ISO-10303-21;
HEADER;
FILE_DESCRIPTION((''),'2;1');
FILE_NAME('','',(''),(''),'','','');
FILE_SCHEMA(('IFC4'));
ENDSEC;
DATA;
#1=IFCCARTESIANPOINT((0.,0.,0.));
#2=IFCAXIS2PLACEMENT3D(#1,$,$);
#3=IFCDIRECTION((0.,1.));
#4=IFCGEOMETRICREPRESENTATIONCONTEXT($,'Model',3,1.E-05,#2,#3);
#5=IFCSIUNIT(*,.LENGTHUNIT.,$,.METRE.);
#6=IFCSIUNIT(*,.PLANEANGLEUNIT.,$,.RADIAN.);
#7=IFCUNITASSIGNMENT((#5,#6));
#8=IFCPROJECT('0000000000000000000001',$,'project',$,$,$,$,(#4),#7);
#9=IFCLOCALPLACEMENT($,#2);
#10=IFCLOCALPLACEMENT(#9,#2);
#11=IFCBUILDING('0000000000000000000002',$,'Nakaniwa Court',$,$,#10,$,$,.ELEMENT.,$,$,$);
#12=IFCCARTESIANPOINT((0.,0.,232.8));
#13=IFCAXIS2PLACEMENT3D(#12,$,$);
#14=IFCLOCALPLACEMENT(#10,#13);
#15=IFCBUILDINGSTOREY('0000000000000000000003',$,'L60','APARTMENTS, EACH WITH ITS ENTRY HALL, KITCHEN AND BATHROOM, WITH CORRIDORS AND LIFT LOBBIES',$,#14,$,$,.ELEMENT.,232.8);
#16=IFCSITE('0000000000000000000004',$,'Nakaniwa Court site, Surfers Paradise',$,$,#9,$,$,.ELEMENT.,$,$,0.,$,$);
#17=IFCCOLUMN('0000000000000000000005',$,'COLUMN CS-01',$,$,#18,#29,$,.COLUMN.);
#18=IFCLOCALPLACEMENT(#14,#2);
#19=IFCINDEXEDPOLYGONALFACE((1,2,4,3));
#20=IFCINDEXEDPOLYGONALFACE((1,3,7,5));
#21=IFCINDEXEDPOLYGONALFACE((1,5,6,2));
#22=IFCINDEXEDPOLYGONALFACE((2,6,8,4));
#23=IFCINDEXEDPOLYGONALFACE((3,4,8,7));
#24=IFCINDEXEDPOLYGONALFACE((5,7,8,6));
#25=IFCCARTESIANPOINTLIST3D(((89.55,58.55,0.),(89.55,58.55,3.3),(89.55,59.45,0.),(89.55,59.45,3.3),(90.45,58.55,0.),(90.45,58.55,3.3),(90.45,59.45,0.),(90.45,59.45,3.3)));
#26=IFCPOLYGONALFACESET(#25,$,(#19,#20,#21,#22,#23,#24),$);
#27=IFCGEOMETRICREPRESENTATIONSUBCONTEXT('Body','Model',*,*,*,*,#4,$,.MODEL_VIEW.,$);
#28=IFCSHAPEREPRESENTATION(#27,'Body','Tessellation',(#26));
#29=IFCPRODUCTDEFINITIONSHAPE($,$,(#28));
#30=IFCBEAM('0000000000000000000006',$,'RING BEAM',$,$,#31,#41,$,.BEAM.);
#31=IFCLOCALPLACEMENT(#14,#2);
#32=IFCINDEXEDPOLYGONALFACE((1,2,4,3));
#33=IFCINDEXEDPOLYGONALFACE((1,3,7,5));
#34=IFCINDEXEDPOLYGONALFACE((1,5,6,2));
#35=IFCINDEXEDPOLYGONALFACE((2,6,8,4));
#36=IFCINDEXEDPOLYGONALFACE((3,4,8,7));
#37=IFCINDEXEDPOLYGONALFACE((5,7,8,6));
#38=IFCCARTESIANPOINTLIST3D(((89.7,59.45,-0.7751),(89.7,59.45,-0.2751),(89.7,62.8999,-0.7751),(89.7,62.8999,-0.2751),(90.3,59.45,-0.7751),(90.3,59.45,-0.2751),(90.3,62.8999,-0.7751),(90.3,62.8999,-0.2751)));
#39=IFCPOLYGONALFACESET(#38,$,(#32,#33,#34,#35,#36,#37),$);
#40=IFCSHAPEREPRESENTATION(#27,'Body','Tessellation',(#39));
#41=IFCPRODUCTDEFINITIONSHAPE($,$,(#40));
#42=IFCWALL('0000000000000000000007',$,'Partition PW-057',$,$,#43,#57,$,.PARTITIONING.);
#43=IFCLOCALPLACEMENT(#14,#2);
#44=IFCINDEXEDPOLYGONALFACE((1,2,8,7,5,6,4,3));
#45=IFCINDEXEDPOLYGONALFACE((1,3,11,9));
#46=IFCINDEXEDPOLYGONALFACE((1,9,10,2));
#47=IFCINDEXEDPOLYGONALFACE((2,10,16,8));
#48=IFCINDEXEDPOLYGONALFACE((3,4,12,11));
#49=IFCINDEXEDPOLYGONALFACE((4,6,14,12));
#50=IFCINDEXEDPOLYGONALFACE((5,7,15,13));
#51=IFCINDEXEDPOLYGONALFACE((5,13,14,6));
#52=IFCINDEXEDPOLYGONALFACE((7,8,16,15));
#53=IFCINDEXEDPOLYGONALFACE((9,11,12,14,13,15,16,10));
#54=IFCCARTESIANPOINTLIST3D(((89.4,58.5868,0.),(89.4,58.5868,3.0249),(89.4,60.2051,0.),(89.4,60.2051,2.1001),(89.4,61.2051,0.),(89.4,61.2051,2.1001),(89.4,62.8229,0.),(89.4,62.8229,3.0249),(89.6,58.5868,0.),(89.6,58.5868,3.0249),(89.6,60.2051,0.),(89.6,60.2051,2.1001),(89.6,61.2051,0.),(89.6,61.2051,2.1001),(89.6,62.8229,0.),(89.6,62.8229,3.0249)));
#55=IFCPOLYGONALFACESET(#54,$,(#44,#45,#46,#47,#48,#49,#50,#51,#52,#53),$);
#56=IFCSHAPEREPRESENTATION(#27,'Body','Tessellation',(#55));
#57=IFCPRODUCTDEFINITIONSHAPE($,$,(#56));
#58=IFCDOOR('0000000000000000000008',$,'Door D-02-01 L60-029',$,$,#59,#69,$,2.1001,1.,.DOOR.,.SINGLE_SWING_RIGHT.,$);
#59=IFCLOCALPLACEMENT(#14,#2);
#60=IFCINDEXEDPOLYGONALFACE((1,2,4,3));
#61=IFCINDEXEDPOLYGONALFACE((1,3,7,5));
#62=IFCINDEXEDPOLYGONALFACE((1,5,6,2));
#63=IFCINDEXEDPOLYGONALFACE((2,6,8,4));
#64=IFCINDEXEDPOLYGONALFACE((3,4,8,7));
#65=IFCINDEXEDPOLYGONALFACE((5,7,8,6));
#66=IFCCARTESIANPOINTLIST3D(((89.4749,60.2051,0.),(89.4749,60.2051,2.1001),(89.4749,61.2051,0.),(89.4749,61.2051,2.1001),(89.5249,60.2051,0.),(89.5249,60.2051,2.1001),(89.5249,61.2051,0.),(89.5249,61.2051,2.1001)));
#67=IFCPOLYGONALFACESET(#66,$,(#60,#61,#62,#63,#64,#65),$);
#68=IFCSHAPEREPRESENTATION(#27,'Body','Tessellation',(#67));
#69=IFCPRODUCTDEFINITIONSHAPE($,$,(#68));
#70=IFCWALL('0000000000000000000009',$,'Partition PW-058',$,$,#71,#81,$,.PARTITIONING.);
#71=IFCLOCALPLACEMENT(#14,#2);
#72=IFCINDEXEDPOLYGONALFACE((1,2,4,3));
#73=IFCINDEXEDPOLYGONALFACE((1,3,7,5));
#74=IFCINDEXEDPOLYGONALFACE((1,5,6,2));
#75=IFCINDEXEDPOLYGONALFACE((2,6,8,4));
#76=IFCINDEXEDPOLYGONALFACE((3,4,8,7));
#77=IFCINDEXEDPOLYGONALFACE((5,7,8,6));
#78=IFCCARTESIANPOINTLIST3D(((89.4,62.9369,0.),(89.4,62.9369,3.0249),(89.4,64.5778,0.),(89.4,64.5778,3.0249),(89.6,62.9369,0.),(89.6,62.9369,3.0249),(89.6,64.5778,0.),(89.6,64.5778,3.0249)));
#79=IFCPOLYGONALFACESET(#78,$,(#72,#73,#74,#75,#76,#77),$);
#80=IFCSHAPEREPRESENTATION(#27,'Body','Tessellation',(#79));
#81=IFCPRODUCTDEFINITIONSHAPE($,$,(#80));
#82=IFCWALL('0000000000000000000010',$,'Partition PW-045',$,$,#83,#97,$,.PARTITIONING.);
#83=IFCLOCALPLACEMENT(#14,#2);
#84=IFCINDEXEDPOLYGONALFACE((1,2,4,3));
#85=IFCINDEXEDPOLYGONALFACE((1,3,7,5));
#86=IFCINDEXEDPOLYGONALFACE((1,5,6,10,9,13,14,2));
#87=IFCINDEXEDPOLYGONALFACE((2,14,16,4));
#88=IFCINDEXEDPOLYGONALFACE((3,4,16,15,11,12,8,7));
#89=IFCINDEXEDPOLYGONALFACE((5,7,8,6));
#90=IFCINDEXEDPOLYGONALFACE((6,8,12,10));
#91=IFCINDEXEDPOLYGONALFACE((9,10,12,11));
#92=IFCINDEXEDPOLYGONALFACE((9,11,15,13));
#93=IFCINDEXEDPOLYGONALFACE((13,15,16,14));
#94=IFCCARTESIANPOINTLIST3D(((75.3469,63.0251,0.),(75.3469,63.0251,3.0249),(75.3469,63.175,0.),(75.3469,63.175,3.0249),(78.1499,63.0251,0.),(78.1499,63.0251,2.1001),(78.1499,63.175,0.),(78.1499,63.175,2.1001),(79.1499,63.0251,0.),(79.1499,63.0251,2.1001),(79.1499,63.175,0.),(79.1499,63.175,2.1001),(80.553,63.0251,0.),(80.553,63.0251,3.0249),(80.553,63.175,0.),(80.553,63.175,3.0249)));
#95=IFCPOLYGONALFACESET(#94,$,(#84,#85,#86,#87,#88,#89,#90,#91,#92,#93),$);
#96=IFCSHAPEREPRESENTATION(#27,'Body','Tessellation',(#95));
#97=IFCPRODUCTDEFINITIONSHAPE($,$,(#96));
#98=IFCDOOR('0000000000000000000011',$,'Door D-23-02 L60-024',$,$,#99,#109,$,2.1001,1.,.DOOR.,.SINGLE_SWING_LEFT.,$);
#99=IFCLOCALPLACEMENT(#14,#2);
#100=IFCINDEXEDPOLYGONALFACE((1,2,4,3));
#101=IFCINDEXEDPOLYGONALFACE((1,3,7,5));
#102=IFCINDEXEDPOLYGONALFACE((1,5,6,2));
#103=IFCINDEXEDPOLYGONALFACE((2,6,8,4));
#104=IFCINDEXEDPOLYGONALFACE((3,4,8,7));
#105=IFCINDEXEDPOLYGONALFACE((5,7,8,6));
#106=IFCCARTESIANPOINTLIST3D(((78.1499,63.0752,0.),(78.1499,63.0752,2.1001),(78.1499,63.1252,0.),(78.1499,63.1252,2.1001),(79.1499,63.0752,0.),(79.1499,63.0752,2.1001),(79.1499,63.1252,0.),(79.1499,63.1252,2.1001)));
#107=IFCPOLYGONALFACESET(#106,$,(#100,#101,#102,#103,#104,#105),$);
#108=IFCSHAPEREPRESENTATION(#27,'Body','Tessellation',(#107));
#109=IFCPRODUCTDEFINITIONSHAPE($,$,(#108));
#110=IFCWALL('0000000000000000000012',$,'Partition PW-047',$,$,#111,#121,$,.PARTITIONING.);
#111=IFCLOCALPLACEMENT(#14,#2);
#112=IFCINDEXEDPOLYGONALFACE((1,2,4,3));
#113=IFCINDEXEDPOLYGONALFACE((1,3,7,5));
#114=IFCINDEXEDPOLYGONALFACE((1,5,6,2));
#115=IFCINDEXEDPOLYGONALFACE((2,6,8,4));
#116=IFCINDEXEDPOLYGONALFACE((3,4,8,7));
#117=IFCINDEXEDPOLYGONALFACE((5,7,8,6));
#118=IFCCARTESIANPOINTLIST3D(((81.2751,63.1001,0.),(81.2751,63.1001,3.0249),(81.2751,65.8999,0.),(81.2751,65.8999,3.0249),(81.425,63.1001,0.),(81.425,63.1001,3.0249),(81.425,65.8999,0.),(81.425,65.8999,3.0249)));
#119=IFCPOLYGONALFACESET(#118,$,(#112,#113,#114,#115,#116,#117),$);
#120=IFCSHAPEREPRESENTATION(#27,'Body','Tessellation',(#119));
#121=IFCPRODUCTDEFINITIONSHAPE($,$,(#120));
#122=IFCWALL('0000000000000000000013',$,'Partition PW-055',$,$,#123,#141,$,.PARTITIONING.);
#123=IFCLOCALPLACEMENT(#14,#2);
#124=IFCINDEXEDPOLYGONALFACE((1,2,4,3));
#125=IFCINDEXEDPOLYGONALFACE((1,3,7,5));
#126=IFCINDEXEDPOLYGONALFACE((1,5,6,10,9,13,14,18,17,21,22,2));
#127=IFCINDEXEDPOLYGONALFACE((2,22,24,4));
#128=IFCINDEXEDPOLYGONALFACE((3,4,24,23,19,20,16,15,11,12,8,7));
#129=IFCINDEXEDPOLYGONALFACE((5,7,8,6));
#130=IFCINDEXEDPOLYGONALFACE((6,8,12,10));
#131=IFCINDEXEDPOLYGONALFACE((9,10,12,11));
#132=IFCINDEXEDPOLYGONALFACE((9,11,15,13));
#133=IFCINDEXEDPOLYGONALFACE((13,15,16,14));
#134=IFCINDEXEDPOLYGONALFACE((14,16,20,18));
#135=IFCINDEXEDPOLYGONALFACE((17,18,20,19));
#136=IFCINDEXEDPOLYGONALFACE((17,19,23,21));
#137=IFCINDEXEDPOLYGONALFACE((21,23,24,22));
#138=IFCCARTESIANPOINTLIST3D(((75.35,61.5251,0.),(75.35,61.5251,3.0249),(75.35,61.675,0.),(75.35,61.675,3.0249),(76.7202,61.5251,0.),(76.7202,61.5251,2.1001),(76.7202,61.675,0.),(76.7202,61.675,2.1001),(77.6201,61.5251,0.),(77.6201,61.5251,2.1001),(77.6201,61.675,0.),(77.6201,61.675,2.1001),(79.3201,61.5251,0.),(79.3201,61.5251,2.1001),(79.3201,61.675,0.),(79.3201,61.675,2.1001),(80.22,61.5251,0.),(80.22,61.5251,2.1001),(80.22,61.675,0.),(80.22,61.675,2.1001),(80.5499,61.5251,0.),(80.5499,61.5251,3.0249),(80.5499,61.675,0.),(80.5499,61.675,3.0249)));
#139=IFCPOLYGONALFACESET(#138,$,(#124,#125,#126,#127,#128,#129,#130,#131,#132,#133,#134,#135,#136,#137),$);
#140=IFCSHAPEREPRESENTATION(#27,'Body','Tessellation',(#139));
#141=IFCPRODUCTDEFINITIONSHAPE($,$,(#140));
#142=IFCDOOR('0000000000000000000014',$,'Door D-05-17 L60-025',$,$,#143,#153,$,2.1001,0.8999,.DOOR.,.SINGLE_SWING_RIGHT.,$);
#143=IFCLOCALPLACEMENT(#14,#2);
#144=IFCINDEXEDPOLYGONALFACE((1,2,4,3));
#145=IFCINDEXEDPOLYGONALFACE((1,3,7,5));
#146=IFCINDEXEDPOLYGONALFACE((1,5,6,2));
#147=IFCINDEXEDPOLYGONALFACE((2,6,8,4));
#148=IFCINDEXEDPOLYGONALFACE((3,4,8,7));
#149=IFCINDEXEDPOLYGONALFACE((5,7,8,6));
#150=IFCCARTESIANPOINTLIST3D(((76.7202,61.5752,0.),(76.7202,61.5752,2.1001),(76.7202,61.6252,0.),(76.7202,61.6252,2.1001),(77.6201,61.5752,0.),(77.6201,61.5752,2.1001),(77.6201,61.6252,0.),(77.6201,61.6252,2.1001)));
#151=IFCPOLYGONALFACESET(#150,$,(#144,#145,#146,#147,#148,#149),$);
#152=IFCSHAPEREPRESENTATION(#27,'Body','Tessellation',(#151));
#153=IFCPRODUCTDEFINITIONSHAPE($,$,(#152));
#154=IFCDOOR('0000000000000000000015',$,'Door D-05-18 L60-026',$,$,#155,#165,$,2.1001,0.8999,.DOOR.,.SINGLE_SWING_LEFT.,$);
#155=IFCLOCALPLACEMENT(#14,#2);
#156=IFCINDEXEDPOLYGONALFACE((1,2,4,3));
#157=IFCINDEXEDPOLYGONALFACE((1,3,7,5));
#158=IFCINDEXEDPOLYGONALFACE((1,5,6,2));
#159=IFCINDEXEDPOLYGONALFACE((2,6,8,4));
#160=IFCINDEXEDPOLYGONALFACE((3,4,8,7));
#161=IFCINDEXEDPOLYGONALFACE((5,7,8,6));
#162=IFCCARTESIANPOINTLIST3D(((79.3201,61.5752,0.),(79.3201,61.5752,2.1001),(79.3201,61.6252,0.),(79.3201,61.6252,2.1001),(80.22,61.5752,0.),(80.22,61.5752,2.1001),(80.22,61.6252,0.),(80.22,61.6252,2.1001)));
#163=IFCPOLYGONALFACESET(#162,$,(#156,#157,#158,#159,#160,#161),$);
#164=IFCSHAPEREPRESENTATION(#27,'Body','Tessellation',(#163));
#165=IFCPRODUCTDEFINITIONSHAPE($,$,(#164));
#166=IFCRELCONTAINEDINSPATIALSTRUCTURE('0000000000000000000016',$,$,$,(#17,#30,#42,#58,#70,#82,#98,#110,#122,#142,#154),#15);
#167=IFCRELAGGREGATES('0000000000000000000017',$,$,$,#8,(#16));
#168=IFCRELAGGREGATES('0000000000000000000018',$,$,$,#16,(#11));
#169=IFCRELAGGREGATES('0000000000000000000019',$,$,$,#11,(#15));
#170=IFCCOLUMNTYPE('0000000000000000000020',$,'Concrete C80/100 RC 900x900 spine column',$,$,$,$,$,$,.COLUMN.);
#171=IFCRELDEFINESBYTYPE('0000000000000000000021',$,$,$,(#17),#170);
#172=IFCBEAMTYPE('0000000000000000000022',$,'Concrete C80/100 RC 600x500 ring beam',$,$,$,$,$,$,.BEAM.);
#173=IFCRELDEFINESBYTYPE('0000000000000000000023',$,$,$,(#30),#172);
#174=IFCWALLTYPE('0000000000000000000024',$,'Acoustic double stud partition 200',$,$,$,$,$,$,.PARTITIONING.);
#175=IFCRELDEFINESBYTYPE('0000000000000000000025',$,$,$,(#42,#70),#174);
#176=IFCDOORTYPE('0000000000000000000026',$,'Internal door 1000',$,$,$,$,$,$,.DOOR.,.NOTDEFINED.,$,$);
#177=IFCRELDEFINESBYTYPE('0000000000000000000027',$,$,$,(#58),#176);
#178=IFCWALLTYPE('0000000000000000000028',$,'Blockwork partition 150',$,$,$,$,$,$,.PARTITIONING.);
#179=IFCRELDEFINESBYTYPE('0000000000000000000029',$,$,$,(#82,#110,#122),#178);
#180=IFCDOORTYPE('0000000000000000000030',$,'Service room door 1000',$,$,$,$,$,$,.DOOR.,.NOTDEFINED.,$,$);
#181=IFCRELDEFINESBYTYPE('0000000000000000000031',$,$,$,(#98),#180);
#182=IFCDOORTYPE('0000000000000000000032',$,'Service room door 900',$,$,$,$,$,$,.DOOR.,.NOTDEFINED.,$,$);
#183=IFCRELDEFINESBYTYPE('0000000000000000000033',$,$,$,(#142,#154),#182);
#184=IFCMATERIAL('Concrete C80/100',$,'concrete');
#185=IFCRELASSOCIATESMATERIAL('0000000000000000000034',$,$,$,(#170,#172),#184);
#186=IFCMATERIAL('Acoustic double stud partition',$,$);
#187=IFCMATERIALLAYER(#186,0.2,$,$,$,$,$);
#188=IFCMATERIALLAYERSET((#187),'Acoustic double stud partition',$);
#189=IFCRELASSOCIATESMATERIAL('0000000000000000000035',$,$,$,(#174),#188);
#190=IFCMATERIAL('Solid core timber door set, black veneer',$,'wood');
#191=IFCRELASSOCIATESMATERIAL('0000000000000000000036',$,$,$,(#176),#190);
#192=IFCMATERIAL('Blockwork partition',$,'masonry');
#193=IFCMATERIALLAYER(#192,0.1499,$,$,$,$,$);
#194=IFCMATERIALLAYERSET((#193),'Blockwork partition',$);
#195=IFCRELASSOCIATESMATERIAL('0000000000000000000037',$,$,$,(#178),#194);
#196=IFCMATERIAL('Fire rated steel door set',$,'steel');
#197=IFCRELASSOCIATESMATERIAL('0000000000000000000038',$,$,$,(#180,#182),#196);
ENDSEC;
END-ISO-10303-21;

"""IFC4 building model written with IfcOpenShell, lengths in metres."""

from ifc_helpers import new_model, si_unit, direction, frame, frame_2d, origin, origin_2d, place, context, subcontext, project, spatial, rectangle, extrude, material, layer, layer_set, material_profile, profile_set, type_object, element, fill, save


model = new_model("IFC4")

# Units and contexts
model_context = context("Model", 3, precision=1e-05, world=origin(), true_north=direction((0.0, 1.0)))
body_context = subcontext(model_context, "Body", "Model", "MODEL_VIEW")
ifc_project = project(units=[si_unit("LENGTHUNIT", "METRE"), si_unit("PLANEANGLEUNIT", "RADIAN")], contexts=[model_context])

# Site, building, storey
site_placement = place(None, origin())
site = spatial("IfcSite", under=ifc_project, at=site_placement, Name="Nakaniwa Court site, Surfers Paradise", CompositionType="ELEMENT", RefElevation=0.0)
building_placement = place(site_placement, origin())
building = spatial("IfcBuilding", under=site, at=building_placement, Name="Nakaniwa Court", CompositionType="ELEMENT")
storey_placement = place(building_placement, frame((0.0, 0.0, 232.8)))
storey = spatial("IfcBuildingStorey", under=building, at=storey_placement, Name="L60", Description="APARTMENTS, EACH WITH ITS ENTRY HALL, KITCHEN AND BATHROOM, WITH CORRIDORS AND LIFT LOBBIES", CompositionType="ELEMENT", Elevation=232.8)

# Column
ifc_material_1 = material(Name="Concrete C80/100", Category="concrete")
ifc_material_profile_1 = material_profile(ifc_material_1, rectangle(XDim=0.8999, YDim=0.8999, at=origin_2d()), Name="Concrete C80/100 RC 900x900 spine column")
ifc_profile_set_1 = profile_set([ifc_material_profile_1], Name="Concrete C80/100")
column_type = type_object("IfcColumnType", Name="Concrete C80/100 RC 900x900 spine column", PredefinedType="COLUMN", material=ifc_profile_set_1)
column_placement = place(storey_placement, frame((90.0, 59.0, 0.0), z_axis=(0.0, 0.0, 1.0), x_axis=(0.0, 1.0, 0.0)))
element("IfcColumn", 1, at=column_placement, inside=storey, type_object=column_type, Name="COLUMN CS-01", PredefinedType="COLUMN", context=body_context, shape_type="SweptSolid", body=[
    extrude(rectangle(XDim=0.8999, YDim=0.8999, at=origin_2d()), origin(), (0.0, 0.0, 1.0), 3.3),
])

# Beam
ifc_material_profile_2 = material_profile(ifc_material_1, rectangle(XDim=0.6001, YDim=0.5, at=origin_2d()), Name="Concrete C80/100 RC 600x500 ring beam")
ifc_profile_set_2 = profile_set([ifc_material_profile_2], Name="Concrete C80/100")
beam_type = type_object("IfcBeamType", Name="Concrete C80/100 RC 600x500 ring beam", PredefinedType="BEAM", material=ifc_profile_set_2)
beam_placement = place(storey_placement, frame((90.0, 59.45, -0.5251), z_axis=(0.0, 1.0, 0.0), x_axis=(-1.0, 0.0, 0.0)))
element("IfcBeam", 2, at=beam_placement, inside=storey, type_object=beam_type, Name="RING BEAM", PredefinedType="BEAM", context=body_context, shape_type="SweptSolid", body=[
    extrude(rectangle(XDim=0.6001, YDim=0.5, at=origin_2d()), origin(), (0.0, 0.0, 1.0), 3.45),
])

# Wall, opening, door
ifc_material_2 = material(Name="Acoustic double stud partition")
ifc_layer_1 = layer(ifc_material_2, 0.2)
ifc_layer_set_1 = layer_set([ifc_layer_1], Name="Acoustic double stud partition")
wall_type_1 = type_object("IfcWallType", Name="Acoustic double stud partition 200", PredefinedType="PARTITIONING", material=ifc_layer_set_1)
wall_1_placement = place(storey_placement, frame((89.5, 62.823, 0.0), z_axis=(0.0, 0.0, 1.0), x_axis=(0.0, -1.0, 0.0)))
wall_1 = element("IfcWall", 3, at=wall_1_placement, inside=storey, type_object=wall_type_1, Name="Partition PW-057", PredefinedType="PARTITIONING", context=body_context, shape_type="SweptSolid", body=[
    extrude(rectangle(XDim=4.2361, YDim=0.2, at=frame_2d((2.1182, 0.0))), origin(), (0.0, 0.0, 1.0), 3.0249),
])
opening_1_placement = place(wall_1_placement, frame((1.6179, 0.0, 0.0)))
opening_1 = element("IfcOpeningElement", 4, at=opening_1_placement, cuts=wall_1, PredefinedType="OPENING", context=body_context, shape_type="SweptSolid", body=[
    extrude(rectangle(XDim=1.0, YDim=2.1001, at=frame_2d((0.5, 1.05))), frame((0.0, 0.1099, 0.0), z_axis=(0.0, -1.0, 0.0), x_axis=(1.0, 0.0, 0.0)), (0.0, 0.0, 1.0), 0.22),
])
ifc_material_3 = material(Name="Solid core timber door set, black veneer", Category="wood")
door_type_1 = type_object("IfcDoorType", Name="Internal door 1000", OperationType="NOTDEFINED", PredefinedType="DOOR", material=ifc_material_3)
door_1_placement = place(opening_1_placement, origin())
door_1 = element("IfcDoor", 5, at=door_1_placement, inside=storey, type_object=door_type_1, Name="Door D-02-01 L60-029", OperationType="SINGLE_SWING_RIGHT", OverallHeight=2.1001, OverallWidth=1.0, PredefinedType="DOOR", context=body_context, shape_type="SweptSolid", body=[
    extrude(rectangle(XDim=1.0, YDim=2.1001, at=frame_2d((0.5, 1.05))), frame((0.0, 0.0249, 0.0), z_axis=(0.0, -1.0, 0.0), x_axis=(1.0, 0.0, 0.0)), (0.0, 0.0, 1.0), 0.05),
])
fill(opening_1, door_1)

# Wall
wall_2_placement = place(storey_placement, frame((89.5, 62.937, 0.0), z_axis=(0.0, 0.0, 1.0), x_axis=(0.0, 1.0, 0.0)))
element("IfcWall", 6, at=wall_2_placement, inside=storey, type_object=wall_type_1, Name="Partition PW-058", PredefinedType="PARTITIONING", context=body_context, shape_type="SweptSolid", body=[
    extrude(rectangle(XDim=1.6409, YDim=0.2, at=frame_2d((0.8203, 0.0))), origin(), (0.0, 0.0, 1.0), 3.0249),
])

# Wall, opening, door
ifc_material_4 = material(Name="Blockwork partition", Category="masonry")
ifc_layer_2 = layer(ifc_material_4, 0.1499)
ifc_layer_set_2 = layer_set([ifc_layer_2], Name="Blockwork partition")
wall_type_2 = type_object("IfcWallType", Name="Blockwork partition 150", PredefinedType="PARTITIONING", material=ifc_layer_set_2)
wall_3_placement = place(storey_placement, frame((80.553, 63.1001, 0.0), z_axis=(0.0, 0.0, 1.0), x_axis=(-1.0, 0.0, 0.0)))
wall_3 = element("IfcWall", 7, at=wall_3_placement, inside=storey, type_object=wall_type_2, Name="Partition PW-045", PredefinedType="PARTITIONING", context=body_context, shape_type="SweptSolid", body=[
    extrude(rectangle(XDim=5.2061, YDim=0.1499, at=frame_2d((2.603, 0.0))), origin(), (0.0, 0.0, 1.0), 3.0249),
])
opening_2_placement = place(wall_3_placement, frame((1.4031, 0.0, 0.0)))
opening_2 = element("IfcOpeningElement", 8, at=opening_2_placement, cuts=wall_3, PredefinedType="OPENING", context=body_context, shape_type="SweptSolid", body=[
    extrude(rectangle(XDim=1.0, YDim=2.1001, at=frame_2d((0.5, 1.05))), frame((0.0, 0.085, 0.0), z_axis=(0.0, -1.0, 0.0), x_axis=(1.0, 0.0, 0.0)), (0.0, 0.0, 1.0), 0.1699),
])
ifc_material_5 = material(Name="Fire rated steel door set", Category="steel")
door_type_2 = type_object("IfcDoorType", Name="Service room door 1000", OperationType="NOTDEFINED", PredefinedType="DOOR", material=ifc_material_5)
door_2_placement = place(opening_2_placement, origin())
door_2 = element("IfcDoor", 9, at=door_2_placement, inside=storey, type_object=door_type_2, Name="Door D-23-02 L60-024", OperationType="SINGLE_SWING_LEFT", OverallHeight=2.1001, OverallWidth=1.0, PredefinedType="DOOR", context=body_context, shape_type="SweptSolid", body=[
    extrude(rectangle(XDim=1.0, YDim=2.1001, at=frame_2d((0.5, 1.05))), frame((0.0, 0.0249, 0.0), z_axis=(0.0, -1.0, 0.0), x_axis=(1.0, 0.0, 0.0)), (0.0, 0.0, 1.0), 0.05),
])
fill(opening_2, door_2)

# Wall
wall_4_placement = place(storey_placement, frame((81.3501, 63.1001, 0.0), z_axis=(0.0, 0.0, 1.0), x_axis=(0.0, 1.0, 0.0)))
element("IfcWall", 10, at=wall_4_placement, inside=storey, type_object=wall_type_2, Name="Partition PW-047", PredefinedType="PARTITIONING", context=body_context, shape_type="SweptSolid", body=[
    extrude(rectangle(XDim=2.7998, YDim=0.1499, at=frame_2d((1.3999, 0.0))), origin(), (0.0, 0.0, 1.0), 3.0249),
])

# Wall, openings, doors
wall_5_placement = place(storey_placement, frame((80.55, 61.6001, 0.0), z_axis=(0.0, 0.0, 1.0), x_axis=(-1.0, 0.0, 0.0)))
wall_5 = element("IfcWall", 11, at=wall_5_placement, inside=storey, type_object=wall_type_2, Name="Partition PW-055", PredefinedType="PARTITIONING", context=body_context, shape_type="SweptSolid", body=[
    extrude(rectangle(XDim=5.2, YDim=0.1499, at=frame_2d((2.6001, 0.0))), origin(), (0.0, 0.0, 1.0), 3.0249),
])
opening_3_placement = place(wall_5_placement, frame((2.9299, 0.0, 0.0)))
opening_3 = element("IfcOpeningElement", 12, at=opening_3_placement, cuts=wall_5, PredefinedType="OPENING", context=body_context, shape_type="SweptSolid", body=[
    extrude(rectangle(XDim=0.8999, YDim=2.1001, at=frame_2d((0.45, 1.05))), frame((0.0, 0.085, 0.0), z_axis=(0.0, -1.0, 0.0), x_axis=(1.0, 0.0, 0.0)), (0.0, 0.0, 1.0), 0.1699),
])
opening_4_placement = place(wall_5_placement, frame((0.3301, 0.0, 0.0)))
opening_4 = element("IfcOpeningElement", 13, at=opening_4_placement, cuts=wall_5, PredefinedType="OPENING", context=body_context, shape_type="SweptSolid", body=[
    extrude(rectangle(XDim=0.8999, YDim=2.1001, at=frame_2d((0.45, 1.05))), frame((0.0, 0.085, 0.0), z_axis=(0.0, -1.0, 0.0), x_axis=(1.0, 0.0, 0.0)), (0.0, 0.0, 1.0), 0.1699),
])
door_type_3 = type_object("IfcDoorType", Name="Service room door 900", OperationType="NOTDEFINED", PredefinedType="DOOR", material=ifc_material_5)
door_3_placement = place(opening_3_placement, origin())
door_3 = element("IfcDoor", 14, at=door_3_placement, inside=storey, type_object=door_type_3, Name="Door D-05-17 L60-025", OperationType="SINGLE_SWING_RIGHT", OverallHeight=2.1001, OverallWidth=0.8999, PredefinedType="DOOR", context=body_context, shape_type="SweptSolid", body=[
    extrude(rectangle(XDim=0.8999, YDim=2.1001, at=frame_2d((0.45, 1.05))), frame((0.0, 0.0249, 0.0), z_axis=(0.0, -1.0, 0.0), x_axis=(1.0, 0.0, 0.0)), (0.0, 0.0, 1.0), 0.05),
])
fill(opening_3, door_3)
door_4_placement = place(opening_4_placement, origin())
door_4 = element("IfcDoor", 15, at=door_4_placement, inside=storey, type_object=door_type_3, Name="Door D-05-18 L60-026", OperationType="SINGLE_SWING_LEFT", OverallHeight=2.1001, OverallWidth=0.8999, PredefinedType="DOOR", context=body_context, shape_type="SweptSolid", body=[
    extrude(rectangle(XDim=0.8999, YDim=2.1001, at=frame_2d((0.45, 1.05))), frame((0.0, 0.0249, 0.0), z_axis=(0.0, -1.0, 0.0), x_axis=(1.0, 0.0, 0.0)), (0.0, 0.0, 1.0), 0.05),
])
fill(opening_4, door_4)

save(model, "model.ifc")
